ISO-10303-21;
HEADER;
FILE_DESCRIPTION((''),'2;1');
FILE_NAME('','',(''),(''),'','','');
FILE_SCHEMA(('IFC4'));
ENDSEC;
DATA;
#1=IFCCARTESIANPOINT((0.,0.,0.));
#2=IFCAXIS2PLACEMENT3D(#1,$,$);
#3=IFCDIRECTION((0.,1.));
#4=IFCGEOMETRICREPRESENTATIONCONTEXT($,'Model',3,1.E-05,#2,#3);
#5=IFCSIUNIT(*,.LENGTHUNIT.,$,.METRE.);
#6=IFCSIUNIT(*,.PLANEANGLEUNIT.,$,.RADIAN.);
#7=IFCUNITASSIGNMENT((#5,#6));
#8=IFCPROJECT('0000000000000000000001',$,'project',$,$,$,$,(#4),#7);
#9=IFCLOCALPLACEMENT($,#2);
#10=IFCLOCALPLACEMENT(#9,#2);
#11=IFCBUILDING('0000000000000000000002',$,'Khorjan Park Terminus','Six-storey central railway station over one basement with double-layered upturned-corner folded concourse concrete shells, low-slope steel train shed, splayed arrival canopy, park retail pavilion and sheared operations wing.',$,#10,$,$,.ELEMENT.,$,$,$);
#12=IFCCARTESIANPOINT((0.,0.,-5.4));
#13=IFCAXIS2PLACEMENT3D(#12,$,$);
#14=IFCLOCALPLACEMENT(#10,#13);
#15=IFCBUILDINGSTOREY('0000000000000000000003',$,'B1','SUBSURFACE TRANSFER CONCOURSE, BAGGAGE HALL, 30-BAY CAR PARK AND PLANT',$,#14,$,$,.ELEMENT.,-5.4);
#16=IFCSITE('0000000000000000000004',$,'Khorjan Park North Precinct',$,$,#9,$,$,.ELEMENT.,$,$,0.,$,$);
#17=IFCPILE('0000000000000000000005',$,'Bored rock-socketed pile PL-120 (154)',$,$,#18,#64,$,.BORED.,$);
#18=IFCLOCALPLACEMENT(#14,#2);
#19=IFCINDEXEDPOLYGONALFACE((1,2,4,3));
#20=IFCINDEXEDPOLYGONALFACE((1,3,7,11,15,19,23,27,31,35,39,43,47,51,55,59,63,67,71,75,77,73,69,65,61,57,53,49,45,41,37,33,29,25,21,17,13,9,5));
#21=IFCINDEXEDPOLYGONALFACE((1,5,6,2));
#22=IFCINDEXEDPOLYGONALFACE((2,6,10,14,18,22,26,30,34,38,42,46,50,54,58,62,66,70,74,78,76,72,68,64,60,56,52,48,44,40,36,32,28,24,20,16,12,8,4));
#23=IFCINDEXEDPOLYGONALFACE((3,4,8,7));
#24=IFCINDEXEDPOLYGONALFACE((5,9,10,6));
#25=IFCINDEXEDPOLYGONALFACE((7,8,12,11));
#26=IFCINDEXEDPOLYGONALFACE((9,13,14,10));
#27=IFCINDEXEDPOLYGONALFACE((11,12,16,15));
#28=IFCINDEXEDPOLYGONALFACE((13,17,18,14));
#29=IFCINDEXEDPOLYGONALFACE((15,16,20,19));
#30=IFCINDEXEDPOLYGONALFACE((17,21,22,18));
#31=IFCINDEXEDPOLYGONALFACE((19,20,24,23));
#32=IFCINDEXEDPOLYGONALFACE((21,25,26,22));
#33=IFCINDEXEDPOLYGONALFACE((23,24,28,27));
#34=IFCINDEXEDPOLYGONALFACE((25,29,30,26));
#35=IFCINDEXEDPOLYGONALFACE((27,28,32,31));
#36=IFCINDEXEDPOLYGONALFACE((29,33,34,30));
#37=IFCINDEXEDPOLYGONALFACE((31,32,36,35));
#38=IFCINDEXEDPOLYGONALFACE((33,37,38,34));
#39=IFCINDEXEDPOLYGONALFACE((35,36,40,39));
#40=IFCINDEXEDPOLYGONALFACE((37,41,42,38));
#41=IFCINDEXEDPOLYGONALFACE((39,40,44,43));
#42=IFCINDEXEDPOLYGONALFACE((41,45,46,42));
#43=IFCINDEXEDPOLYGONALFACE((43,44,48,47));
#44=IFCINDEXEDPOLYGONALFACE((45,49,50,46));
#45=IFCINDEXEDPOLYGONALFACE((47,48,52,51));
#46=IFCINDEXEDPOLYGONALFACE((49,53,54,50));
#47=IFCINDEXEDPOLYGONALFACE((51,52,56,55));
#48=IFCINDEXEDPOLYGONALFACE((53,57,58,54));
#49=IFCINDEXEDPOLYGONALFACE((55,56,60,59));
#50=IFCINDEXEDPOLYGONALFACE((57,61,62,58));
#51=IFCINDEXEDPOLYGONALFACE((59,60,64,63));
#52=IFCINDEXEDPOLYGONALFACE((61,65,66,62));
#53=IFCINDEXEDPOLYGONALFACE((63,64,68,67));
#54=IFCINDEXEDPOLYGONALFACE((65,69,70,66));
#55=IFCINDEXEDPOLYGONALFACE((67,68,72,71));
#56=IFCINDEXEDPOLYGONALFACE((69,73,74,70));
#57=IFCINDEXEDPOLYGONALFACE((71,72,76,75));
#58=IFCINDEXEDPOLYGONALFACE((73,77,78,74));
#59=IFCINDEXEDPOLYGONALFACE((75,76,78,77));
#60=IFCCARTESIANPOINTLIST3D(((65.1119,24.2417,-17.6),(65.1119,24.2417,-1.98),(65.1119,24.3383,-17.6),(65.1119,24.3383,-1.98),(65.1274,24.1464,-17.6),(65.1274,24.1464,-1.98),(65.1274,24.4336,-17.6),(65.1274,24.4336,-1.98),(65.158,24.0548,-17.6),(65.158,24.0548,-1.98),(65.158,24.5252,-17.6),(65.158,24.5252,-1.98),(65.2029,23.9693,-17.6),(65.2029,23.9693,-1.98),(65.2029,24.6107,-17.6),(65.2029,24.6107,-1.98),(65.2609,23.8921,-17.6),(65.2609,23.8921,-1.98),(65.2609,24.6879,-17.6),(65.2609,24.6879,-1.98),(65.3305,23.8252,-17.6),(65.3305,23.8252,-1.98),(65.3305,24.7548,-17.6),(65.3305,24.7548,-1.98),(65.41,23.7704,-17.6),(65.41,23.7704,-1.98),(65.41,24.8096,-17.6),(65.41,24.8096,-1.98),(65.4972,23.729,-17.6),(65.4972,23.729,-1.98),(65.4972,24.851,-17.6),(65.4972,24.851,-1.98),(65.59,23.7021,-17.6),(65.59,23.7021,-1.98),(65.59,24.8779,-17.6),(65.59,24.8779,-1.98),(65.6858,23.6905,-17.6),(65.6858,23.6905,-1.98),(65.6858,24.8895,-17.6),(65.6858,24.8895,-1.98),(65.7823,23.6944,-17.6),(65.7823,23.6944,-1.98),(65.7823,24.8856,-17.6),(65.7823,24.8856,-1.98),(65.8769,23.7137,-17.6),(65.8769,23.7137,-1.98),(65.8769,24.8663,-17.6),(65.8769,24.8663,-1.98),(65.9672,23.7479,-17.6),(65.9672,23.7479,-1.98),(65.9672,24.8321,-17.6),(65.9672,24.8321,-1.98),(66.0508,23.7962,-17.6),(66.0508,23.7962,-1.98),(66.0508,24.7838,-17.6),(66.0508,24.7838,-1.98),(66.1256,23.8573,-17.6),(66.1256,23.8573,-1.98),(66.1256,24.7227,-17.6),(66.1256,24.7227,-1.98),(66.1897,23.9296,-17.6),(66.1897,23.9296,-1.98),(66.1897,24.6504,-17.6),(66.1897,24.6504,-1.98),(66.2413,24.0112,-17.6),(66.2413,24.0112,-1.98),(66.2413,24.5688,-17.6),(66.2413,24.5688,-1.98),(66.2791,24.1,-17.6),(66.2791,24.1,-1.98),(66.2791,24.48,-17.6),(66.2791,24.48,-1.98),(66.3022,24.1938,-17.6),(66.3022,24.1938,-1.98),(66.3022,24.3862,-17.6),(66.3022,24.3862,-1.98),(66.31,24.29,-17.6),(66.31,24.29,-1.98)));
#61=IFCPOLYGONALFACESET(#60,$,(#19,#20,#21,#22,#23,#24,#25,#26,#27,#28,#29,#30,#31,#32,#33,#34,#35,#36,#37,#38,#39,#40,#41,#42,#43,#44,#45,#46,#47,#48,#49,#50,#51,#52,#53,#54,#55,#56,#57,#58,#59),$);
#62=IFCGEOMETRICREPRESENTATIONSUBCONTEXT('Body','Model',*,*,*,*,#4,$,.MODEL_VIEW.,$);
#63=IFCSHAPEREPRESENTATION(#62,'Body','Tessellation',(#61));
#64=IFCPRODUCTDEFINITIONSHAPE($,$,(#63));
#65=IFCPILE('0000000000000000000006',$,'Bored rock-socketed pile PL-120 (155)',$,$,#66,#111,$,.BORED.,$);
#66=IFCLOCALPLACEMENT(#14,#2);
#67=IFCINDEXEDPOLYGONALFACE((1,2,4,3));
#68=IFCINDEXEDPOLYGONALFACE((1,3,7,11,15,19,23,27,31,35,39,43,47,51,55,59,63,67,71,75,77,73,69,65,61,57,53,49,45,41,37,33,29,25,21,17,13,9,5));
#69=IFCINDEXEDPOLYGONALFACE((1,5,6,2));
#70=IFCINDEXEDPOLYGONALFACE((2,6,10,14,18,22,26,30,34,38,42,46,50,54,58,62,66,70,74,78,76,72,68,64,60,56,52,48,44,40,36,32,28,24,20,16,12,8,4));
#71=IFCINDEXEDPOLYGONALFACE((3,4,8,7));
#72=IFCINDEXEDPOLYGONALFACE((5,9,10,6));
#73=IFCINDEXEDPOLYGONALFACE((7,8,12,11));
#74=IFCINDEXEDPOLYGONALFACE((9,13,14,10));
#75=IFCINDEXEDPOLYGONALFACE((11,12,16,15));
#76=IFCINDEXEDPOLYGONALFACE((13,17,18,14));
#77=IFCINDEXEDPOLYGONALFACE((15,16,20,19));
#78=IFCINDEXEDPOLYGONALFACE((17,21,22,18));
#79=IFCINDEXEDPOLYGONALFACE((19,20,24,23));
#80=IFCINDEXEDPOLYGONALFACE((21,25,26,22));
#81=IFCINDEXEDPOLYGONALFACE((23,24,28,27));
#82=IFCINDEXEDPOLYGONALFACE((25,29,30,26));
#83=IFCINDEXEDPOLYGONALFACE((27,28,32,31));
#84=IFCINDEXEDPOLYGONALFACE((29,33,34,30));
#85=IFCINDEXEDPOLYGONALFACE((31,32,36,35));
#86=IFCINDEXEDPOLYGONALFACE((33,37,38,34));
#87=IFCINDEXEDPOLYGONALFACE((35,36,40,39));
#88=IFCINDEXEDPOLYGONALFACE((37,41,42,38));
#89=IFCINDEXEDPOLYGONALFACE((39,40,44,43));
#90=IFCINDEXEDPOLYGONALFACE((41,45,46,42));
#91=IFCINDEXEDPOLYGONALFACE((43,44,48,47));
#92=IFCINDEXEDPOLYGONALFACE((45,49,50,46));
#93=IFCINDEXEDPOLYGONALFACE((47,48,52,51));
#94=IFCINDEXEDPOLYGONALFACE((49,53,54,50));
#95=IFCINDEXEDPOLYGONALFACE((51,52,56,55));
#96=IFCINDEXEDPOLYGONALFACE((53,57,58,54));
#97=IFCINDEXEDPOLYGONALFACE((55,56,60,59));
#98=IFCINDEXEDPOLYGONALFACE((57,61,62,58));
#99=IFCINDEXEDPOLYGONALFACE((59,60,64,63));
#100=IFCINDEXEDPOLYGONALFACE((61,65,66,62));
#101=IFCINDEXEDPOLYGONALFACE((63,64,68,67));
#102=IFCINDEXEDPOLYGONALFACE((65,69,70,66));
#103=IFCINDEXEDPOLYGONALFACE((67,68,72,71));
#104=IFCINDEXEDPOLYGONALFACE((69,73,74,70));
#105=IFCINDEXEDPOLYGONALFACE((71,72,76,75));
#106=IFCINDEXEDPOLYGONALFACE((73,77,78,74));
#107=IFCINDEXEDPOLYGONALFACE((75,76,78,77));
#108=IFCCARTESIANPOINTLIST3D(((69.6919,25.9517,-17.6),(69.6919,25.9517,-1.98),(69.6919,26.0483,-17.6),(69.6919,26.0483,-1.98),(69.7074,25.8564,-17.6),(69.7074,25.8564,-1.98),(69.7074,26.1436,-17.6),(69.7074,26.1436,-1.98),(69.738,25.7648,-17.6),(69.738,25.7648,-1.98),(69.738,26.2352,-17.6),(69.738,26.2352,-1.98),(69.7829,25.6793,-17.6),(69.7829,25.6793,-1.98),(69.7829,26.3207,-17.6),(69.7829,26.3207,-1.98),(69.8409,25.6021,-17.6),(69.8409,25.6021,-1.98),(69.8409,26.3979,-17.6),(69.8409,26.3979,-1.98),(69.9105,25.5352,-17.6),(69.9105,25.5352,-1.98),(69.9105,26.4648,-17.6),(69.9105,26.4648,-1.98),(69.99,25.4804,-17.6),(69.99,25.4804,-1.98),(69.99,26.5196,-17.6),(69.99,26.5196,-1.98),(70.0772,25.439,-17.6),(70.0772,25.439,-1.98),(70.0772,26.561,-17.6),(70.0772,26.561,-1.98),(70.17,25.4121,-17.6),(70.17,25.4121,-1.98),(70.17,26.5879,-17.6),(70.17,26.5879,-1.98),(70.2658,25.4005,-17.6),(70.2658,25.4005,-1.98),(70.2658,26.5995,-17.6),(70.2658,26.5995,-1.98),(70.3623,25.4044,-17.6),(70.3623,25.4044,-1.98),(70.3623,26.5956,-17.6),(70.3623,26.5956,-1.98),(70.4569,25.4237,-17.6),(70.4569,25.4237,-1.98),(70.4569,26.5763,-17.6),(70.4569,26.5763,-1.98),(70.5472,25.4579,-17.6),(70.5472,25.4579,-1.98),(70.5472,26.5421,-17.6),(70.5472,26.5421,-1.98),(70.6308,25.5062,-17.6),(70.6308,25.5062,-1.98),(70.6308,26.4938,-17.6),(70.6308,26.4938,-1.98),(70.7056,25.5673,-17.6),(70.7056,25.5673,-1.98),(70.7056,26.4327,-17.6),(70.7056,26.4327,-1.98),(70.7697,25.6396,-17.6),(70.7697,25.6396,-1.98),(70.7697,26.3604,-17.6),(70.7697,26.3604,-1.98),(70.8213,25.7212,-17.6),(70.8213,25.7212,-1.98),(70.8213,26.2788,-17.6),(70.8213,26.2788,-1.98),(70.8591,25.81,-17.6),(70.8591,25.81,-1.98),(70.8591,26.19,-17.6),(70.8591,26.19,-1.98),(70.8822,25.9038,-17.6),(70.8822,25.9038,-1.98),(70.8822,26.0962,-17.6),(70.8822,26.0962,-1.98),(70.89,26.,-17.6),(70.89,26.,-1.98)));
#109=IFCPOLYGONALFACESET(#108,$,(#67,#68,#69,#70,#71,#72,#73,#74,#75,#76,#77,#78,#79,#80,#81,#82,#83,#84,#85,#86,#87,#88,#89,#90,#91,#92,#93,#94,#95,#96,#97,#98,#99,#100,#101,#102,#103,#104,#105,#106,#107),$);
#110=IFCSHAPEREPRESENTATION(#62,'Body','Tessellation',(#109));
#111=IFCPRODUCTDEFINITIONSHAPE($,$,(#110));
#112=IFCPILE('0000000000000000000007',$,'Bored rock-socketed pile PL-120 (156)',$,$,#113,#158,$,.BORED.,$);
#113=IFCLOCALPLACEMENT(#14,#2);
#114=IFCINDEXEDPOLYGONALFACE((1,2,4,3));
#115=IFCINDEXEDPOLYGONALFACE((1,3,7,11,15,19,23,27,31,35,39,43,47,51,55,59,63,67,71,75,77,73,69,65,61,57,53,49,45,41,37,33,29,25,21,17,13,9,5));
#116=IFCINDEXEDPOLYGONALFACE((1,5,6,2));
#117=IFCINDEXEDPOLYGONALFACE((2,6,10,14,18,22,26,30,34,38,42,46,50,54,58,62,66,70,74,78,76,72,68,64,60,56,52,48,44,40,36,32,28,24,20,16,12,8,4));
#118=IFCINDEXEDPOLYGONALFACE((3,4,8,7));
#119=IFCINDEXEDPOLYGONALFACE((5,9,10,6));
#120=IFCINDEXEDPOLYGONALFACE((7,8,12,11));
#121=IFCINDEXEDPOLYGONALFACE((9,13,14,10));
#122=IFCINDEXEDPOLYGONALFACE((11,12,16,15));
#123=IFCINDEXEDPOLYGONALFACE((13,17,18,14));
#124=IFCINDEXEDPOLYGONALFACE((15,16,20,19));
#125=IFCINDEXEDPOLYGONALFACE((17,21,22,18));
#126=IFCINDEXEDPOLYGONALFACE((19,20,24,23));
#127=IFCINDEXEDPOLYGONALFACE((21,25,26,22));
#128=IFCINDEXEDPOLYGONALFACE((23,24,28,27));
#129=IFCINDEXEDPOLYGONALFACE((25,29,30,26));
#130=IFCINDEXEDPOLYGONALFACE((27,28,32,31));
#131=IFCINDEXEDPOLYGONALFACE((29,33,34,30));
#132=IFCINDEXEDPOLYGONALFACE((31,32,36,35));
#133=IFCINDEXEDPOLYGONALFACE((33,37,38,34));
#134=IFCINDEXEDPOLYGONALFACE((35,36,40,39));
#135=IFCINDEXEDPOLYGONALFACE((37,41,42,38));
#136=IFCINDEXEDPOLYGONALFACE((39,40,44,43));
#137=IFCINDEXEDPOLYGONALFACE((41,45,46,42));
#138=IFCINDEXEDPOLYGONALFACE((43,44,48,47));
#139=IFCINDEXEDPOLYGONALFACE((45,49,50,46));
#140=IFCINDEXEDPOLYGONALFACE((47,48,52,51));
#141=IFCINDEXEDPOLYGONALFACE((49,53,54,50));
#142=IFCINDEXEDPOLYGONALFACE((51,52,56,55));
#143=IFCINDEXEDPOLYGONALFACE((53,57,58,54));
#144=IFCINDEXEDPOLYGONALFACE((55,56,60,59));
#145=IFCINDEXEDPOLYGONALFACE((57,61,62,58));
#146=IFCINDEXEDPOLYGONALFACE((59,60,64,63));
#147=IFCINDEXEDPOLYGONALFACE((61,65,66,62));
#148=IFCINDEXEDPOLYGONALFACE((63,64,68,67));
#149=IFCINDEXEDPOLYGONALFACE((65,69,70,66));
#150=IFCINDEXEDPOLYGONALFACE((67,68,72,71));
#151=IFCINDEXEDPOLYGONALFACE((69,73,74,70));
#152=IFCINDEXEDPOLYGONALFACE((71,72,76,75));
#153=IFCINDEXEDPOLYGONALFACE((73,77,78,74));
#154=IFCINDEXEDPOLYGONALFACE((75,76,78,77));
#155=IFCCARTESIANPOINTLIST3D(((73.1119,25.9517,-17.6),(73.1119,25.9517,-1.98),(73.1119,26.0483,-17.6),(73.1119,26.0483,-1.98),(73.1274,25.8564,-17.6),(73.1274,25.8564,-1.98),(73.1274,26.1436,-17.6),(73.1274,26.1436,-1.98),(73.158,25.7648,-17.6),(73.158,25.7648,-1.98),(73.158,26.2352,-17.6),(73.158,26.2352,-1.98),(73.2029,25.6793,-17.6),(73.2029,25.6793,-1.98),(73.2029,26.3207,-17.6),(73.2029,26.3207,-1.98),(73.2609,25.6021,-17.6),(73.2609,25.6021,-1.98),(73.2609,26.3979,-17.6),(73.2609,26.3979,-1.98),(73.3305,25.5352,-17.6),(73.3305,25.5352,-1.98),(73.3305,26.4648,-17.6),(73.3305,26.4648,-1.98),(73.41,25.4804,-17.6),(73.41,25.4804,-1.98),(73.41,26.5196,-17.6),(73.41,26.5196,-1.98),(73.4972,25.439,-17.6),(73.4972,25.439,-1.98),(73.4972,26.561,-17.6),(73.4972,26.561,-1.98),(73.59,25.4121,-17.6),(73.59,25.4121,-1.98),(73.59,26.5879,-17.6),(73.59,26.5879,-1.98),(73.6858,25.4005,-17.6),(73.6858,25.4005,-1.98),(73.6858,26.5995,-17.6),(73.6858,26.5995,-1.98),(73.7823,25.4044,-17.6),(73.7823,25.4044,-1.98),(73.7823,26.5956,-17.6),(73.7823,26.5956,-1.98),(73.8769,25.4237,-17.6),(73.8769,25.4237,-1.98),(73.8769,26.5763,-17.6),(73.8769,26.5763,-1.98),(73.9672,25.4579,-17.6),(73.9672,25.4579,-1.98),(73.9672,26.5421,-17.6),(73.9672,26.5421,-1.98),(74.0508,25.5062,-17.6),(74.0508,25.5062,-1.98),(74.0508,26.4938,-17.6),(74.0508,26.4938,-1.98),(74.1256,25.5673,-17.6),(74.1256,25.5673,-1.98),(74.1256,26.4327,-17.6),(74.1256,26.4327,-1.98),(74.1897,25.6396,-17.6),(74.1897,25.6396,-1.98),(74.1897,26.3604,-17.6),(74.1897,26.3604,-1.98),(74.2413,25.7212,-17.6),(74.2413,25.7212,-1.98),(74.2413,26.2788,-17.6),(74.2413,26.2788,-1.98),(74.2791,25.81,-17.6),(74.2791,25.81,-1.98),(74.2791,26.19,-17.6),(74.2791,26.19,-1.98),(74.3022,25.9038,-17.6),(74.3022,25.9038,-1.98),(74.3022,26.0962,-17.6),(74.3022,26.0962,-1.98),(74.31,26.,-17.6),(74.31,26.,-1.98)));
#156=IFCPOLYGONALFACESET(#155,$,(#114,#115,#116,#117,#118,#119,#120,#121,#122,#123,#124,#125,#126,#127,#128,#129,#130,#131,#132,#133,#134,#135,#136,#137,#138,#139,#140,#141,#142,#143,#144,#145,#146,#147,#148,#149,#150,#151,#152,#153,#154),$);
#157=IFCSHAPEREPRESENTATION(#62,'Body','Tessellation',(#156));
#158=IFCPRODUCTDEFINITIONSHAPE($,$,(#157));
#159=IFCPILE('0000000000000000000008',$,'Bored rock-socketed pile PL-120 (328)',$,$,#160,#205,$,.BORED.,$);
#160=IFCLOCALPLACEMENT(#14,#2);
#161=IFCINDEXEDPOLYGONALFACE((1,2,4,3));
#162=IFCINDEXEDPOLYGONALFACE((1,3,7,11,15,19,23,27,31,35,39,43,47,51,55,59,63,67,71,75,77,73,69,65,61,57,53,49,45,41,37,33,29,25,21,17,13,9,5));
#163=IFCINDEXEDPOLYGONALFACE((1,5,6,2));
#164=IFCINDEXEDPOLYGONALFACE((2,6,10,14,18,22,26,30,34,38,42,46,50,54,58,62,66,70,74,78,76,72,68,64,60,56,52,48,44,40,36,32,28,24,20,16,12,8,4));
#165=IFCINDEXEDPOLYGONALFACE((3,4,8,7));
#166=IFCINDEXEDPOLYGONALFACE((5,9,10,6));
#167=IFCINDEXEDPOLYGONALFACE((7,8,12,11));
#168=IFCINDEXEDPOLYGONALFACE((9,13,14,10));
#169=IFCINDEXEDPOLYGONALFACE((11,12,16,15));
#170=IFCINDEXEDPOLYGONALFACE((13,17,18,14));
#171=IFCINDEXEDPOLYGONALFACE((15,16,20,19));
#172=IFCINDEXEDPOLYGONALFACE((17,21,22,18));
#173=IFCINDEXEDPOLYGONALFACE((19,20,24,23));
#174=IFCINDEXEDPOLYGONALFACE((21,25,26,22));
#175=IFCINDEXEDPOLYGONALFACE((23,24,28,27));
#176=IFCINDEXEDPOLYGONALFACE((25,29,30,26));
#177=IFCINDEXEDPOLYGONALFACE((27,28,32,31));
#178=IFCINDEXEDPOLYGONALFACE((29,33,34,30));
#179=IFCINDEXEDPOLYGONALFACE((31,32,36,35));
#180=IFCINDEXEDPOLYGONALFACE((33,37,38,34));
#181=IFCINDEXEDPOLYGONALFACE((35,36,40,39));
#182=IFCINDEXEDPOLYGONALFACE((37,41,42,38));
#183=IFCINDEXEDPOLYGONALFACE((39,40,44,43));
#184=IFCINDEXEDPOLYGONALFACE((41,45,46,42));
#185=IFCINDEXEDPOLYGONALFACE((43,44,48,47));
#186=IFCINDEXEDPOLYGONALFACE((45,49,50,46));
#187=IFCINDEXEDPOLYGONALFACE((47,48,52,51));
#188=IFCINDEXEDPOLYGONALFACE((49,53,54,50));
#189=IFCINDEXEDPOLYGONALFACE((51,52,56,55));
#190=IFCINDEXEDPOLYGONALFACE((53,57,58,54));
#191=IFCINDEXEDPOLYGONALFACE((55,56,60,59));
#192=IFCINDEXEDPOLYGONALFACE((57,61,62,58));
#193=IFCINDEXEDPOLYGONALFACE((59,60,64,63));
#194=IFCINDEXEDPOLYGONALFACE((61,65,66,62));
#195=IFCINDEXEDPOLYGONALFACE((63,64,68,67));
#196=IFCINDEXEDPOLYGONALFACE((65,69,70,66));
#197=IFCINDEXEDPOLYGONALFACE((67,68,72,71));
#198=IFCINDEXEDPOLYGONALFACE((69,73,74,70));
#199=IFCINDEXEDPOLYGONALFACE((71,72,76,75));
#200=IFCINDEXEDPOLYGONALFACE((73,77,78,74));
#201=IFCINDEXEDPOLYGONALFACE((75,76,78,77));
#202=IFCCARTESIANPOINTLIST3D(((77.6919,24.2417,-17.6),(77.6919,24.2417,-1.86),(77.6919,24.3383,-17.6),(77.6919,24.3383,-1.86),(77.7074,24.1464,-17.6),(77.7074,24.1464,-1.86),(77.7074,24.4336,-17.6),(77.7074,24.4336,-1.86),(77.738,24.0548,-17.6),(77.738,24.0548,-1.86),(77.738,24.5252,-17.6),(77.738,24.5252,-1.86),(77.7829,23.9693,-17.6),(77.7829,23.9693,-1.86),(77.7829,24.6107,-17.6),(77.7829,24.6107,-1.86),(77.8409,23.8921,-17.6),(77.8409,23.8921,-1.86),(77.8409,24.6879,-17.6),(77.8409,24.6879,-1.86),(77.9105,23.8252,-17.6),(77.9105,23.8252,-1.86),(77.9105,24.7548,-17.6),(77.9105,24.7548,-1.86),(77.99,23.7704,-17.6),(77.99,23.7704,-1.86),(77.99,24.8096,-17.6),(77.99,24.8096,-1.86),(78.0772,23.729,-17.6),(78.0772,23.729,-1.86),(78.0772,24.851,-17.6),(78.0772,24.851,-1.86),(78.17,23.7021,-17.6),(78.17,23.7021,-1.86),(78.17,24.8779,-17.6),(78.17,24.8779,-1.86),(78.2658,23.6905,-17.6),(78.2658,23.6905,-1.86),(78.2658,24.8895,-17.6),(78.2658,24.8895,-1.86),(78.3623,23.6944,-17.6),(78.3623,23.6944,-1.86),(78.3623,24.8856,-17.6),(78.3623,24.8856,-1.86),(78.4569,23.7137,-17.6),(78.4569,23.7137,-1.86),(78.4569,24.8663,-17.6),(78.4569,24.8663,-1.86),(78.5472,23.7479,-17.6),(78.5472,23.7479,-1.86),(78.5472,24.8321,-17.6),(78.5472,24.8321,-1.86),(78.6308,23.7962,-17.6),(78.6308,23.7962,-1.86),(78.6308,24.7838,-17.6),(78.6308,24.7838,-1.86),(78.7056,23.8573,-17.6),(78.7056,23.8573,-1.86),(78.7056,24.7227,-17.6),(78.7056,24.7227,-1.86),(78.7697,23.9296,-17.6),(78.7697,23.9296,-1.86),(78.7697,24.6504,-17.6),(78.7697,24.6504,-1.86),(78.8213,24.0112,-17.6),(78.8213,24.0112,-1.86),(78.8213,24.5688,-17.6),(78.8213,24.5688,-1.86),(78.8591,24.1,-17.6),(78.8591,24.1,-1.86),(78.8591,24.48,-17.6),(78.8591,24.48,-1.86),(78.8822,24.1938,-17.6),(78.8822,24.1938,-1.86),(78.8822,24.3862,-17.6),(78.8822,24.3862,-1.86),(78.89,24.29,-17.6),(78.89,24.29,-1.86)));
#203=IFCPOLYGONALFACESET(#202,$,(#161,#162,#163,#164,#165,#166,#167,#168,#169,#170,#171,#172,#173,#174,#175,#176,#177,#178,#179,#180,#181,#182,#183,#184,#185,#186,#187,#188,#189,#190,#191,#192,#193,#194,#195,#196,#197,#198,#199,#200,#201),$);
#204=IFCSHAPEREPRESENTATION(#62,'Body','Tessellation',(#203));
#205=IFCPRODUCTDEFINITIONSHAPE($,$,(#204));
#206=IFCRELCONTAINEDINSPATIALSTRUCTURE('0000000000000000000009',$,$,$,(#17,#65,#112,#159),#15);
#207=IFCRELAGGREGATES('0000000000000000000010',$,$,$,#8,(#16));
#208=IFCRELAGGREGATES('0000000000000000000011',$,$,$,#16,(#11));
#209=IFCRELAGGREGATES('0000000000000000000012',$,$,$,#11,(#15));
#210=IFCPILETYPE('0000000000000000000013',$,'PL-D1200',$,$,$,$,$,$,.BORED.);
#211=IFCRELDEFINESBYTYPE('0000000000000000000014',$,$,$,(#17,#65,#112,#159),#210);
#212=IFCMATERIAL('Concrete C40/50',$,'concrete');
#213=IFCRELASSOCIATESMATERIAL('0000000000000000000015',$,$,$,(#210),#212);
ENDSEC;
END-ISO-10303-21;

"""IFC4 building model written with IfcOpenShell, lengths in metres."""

from ifc_helpers import new_model, si_unit, direction, frame, origin, origin_2d, place, context, subcontext, project, spatial, circle, extrude, material, material_profile, profile_set, type_object, element, save


model = new_model("IFC4")

# Units and contexts
model_context = context("Model", 3, precision=1e-05, world=origin(), true_north=direction((0.0, 1.0)))
body_context = subcontext(model_context, "Body", "Model", "MODEL_VIEW")
ifc_project = project(units=[si_unit("LENGTHUNIT", "METRE"), si_unit("PLANEANGLEUNIT", "RADIAN")], contexts=[model_context])

# Site, building, storey
site_placement = place(None, origin())
site = spatial("IfcSite", under=ifc_project, at=site_placement, Name="Khorjan Park North Precinct", CompositionType="ELEMENT", RefElevation=0.0)
building_placement = place(site_placement, origin())
building = spatial("IfcBuilding", under=site, at=building_placement, Name="Khorjan Park Terminus", Description="Six-storey central railway station over one basement with double-layered upturned-corner folded concourse concrete shells, low-slope steel train shed, splayed arrival canopy, park retail pavilion and sheared operations wing.", CompositionType="ELEMENT")
storey_placement = place(building_placement, frame((0.0, 0.0, -5.4)))
storey = spatial("IfcBuildingStorey", under=building, at=storey_placement, Name="B1", Description="SUBSURFACE TRANSFER CONCOURSE, BAGGAGE HALL, 30-BAY CAR PARK AND PLANT", CompositionType="ELEMENT", Elevation=-5.4)

# Shared definitions
ifc_material_1 = material(Name="Concrete C40/50", Category="concrete")

# Piles
ifc_material_profile_1 = material_profile(ifc_material_1, circle(Radius=0.6, at=origin_2d()), Name="BORED D1200")
ifc_profile_set_1 = profile_set([ifc_material_profile_1], Name="Concrete C40/50")
pile_type_1 = type_object("IfcPileType", Name="PL-D1200", PredefinedType="BORED", material=ifc_profile_set_1)
for number, where, z_axis, x_axis, name in (
    (1, (65.71, 24.29, -1.98), (0.0, 0.0, -1.0), (1.0, 0.0, 0.0), "Bored rock-socketed pile PL-120 (154)"),
    (2, (70.29, 26.0, -1.98), (0.0, 0.0, -1.0), (1.0, 0.0, 0.0), "Bored rock-socketed pile PL-120 (155)"),
    (3, (73.71, 26.0, -1.98), (0.0, 0.0, -1.0), (1.0, 0.0, 0.0), "Bored rock-socketed pile PL-120 (156)"),
):
    element("IfcPile", number, at=place(storey_placement, frame(where, z_axis=z_axis, x_axis=x_axis)), inside=storey, type_object=pile_type_1, Name=name, PredefinedType="BORED", context=body_context, shape_type="SweptSolid", body=[
        extrude(circle(Radius=0.6, at=origin_2d()), origin(), (0.0, 0.0, 1.0), 15.62),
    ])
for number, where, z_axis, x_axis, name in (
    (4, (78.29, 24.29, -1.86), (0.0, 0.0, -1.0), (1.0, 0.0, 0.0), "Bored rock-socketed pile PL-120 (328)"),
):
    element("IfcPile", number, at=place(storey_placement, frame(where, z_axis=z_axis, x_axis=x_axis)), inside=storey, type_object=pile_type_1, Name=name, PredefinedType="BORED", context=body_context, shape_type="SweptSolid", body=[
        extrude(circle(Radius=0.6, at=origin_2d()), origin(), (0.0, 0.0, 1.0), 15.74),
    ])

save(model, "model.ifc")
